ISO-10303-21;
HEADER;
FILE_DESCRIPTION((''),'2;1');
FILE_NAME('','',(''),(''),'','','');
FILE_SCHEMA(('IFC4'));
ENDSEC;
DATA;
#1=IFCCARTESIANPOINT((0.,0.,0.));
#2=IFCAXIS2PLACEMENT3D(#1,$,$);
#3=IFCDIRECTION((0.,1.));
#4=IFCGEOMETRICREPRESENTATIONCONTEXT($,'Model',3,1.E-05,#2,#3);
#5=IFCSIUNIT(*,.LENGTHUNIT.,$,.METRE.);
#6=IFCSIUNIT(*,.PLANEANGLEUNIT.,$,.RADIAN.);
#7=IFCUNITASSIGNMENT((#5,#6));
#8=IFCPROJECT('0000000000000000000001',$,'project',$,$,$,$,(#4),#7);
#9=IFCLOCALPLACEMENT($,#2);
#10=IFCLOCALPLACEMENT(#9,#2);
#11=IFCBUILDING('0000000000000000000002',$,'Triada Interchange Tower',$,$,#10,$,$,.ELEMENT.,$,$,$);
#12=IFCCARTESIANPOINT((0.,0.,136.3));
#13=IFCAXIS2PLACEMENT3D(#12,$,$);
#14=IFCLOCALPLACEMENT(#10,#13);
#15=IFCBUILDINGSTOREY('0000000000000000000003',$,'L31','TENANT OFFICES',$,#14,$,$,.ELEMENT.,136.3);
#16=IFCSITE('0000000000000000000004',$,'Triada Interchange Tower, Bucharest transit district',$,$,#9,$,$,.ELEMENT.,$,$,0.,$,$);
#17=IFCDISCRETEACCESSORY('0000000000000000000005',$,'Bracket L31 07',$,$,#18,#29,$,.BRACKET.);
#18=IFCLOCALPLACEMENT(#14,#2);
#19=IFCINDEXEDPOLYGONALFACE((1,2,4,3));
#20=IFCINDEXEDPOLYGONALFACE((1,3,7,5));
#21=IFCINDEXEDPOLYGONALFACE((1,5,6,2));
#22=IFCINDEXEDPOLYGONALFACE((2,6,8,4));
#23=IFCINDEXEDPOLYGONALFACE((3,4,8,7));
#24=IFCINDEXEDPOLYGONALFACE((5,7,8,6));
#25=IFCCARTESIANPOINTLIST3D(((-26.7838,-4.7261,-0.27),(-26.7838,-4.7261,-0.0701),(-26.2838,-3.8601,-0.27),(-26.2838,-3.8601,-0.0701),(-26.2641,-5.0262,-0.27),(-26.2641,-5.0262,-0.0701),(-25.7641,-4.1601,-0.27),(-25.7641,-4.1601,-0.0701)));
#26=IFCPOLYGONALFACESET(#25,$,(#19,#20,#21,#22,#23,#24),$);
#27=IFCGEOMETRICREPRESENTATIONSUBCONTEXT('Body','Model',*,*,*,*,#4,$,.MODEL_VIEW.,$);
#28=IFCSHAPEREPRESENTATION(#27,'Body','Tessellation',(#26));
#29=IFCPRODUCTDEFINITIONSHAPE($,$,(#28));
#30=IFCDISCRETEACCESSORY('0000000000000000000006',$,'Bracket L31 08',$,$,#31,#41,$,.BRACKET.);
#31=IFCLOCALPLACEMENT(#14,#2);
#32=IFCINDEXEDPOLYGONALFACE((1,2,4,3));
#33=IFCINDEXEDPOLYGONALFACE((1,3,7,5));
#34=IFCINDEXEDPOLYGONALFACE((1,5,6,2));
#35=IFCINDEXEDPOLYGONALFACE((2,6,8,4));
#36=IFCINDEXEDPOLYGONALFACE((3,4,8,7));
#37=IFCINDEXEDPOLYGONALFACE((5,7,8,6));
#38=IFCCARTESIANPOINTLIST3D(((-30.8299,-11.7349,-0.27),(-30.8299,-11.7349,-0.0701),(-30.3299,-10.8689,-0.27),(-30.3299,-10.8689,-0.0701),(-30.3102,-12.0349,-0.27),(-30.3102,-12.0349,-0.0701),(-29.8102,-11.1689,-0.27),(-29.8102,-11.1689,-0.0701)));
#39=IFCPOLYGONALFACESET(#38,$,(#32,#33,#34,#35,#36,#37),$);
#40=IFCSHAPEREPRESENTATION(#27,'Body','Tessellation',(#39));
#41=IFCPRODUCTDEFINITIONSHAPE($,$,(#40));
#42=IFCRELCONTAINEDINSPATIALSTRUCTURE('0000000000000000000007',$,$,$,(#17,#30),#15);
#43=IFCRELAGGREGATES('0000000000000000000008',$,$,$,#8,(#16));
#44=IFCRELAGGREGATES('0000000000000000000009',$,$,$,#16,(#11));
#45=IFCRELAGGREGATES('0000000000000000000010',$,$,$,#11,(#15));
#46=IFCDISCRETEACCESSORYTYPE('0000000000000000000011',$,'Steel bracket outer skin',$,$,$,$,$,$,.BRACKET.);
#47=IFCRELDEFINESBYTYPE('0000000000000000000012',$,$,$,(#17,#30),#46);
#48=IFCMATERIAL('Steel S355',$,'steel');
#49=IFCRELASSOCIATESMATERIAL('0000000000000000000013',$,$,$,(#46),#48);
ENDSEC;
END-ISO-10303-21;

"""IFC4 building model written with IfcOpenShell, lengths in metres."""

from ifc_helpers import new_model, si_unit, direction, frame, origin, origin_2d, place, context, subcontext, project, spatial, rectangle, extrude, material, type_object, element, save


model = new_model("IFC4")

# Units and contexts
model_context = context("Model", 3, precision=1e-05, world=origin(), true_north=direction((0.0, 1.0)))
body_context = subcontext(model_context, "Body", "Model", "MODEL_VIEW")
ifc_project = project(units=[si_unit("LENGTHUNIT", "METRE"), si_unit("PLANEANGLEUNIT", "RADIAN")], contexts=[model_context])

# Site, building, storey
site_placement = place(None, origin())
site = spatial("IfcSite", under=ifc_project, at=site_placement, Name="Triada Interchange Tower, Bucharest transit district", CompositionType="ELEMENT", RefElevation=0.0)
building_placement = place(site_placement, origin())
building = spatial("IfcBuilding", under=site, at=building_placement, Name="Triada Interchange Tower", CompositionType="ELEMENT")
storey_placement = place(building_placement, frame((0.0, 0.0, 136.3)))
storey = spatial("IfcBuildingStorey", under=building, at=storey_placement, Name="L31", Description="TENANT OFFICES", CompositionType="ELEMENT", Elevation=136.3)

# Discrete accessories
ifc_material_1 = material(Name="Steel S355", Category="steel")
discrete_accessory_type = type_object("IfcDiscreteAccessoryType", Name="Steel bracket outer skin", PredefinedType="BRACKET", material=ifc_material_1)
for number, where, z_axis, x_axis, name in (
    (1, (-26.2739, -4.4431, -0.27), (0.0, 0.0, 1.0), (-0.866023, 0.500004, 0.0), "Bracket L31 07"),
    (2, (-30.3201, -11.4519, -0.27), (0.0, 0.0, 1.0), (-0.866023, 0.500004, 0.0), "Bracket L31 08"),
):
    element("IfcDiscreteAccessory", number, at=place(storey_placement, frame(where, z_axis=z_axis, x_axis=x_axis)), inside=storey, type_object=discrete_accessory_type, Name=name, PredefinedType="BRACKET", context=body_context, shape_type="SweptSolid", body=[
        extrude(rectangle(XDim=0.6001, YDim=1.0, at=origin_2d()), origin(), (0.0, 0.0, 1.0), 0.2),
    ])

save(model, "model.ifc")
